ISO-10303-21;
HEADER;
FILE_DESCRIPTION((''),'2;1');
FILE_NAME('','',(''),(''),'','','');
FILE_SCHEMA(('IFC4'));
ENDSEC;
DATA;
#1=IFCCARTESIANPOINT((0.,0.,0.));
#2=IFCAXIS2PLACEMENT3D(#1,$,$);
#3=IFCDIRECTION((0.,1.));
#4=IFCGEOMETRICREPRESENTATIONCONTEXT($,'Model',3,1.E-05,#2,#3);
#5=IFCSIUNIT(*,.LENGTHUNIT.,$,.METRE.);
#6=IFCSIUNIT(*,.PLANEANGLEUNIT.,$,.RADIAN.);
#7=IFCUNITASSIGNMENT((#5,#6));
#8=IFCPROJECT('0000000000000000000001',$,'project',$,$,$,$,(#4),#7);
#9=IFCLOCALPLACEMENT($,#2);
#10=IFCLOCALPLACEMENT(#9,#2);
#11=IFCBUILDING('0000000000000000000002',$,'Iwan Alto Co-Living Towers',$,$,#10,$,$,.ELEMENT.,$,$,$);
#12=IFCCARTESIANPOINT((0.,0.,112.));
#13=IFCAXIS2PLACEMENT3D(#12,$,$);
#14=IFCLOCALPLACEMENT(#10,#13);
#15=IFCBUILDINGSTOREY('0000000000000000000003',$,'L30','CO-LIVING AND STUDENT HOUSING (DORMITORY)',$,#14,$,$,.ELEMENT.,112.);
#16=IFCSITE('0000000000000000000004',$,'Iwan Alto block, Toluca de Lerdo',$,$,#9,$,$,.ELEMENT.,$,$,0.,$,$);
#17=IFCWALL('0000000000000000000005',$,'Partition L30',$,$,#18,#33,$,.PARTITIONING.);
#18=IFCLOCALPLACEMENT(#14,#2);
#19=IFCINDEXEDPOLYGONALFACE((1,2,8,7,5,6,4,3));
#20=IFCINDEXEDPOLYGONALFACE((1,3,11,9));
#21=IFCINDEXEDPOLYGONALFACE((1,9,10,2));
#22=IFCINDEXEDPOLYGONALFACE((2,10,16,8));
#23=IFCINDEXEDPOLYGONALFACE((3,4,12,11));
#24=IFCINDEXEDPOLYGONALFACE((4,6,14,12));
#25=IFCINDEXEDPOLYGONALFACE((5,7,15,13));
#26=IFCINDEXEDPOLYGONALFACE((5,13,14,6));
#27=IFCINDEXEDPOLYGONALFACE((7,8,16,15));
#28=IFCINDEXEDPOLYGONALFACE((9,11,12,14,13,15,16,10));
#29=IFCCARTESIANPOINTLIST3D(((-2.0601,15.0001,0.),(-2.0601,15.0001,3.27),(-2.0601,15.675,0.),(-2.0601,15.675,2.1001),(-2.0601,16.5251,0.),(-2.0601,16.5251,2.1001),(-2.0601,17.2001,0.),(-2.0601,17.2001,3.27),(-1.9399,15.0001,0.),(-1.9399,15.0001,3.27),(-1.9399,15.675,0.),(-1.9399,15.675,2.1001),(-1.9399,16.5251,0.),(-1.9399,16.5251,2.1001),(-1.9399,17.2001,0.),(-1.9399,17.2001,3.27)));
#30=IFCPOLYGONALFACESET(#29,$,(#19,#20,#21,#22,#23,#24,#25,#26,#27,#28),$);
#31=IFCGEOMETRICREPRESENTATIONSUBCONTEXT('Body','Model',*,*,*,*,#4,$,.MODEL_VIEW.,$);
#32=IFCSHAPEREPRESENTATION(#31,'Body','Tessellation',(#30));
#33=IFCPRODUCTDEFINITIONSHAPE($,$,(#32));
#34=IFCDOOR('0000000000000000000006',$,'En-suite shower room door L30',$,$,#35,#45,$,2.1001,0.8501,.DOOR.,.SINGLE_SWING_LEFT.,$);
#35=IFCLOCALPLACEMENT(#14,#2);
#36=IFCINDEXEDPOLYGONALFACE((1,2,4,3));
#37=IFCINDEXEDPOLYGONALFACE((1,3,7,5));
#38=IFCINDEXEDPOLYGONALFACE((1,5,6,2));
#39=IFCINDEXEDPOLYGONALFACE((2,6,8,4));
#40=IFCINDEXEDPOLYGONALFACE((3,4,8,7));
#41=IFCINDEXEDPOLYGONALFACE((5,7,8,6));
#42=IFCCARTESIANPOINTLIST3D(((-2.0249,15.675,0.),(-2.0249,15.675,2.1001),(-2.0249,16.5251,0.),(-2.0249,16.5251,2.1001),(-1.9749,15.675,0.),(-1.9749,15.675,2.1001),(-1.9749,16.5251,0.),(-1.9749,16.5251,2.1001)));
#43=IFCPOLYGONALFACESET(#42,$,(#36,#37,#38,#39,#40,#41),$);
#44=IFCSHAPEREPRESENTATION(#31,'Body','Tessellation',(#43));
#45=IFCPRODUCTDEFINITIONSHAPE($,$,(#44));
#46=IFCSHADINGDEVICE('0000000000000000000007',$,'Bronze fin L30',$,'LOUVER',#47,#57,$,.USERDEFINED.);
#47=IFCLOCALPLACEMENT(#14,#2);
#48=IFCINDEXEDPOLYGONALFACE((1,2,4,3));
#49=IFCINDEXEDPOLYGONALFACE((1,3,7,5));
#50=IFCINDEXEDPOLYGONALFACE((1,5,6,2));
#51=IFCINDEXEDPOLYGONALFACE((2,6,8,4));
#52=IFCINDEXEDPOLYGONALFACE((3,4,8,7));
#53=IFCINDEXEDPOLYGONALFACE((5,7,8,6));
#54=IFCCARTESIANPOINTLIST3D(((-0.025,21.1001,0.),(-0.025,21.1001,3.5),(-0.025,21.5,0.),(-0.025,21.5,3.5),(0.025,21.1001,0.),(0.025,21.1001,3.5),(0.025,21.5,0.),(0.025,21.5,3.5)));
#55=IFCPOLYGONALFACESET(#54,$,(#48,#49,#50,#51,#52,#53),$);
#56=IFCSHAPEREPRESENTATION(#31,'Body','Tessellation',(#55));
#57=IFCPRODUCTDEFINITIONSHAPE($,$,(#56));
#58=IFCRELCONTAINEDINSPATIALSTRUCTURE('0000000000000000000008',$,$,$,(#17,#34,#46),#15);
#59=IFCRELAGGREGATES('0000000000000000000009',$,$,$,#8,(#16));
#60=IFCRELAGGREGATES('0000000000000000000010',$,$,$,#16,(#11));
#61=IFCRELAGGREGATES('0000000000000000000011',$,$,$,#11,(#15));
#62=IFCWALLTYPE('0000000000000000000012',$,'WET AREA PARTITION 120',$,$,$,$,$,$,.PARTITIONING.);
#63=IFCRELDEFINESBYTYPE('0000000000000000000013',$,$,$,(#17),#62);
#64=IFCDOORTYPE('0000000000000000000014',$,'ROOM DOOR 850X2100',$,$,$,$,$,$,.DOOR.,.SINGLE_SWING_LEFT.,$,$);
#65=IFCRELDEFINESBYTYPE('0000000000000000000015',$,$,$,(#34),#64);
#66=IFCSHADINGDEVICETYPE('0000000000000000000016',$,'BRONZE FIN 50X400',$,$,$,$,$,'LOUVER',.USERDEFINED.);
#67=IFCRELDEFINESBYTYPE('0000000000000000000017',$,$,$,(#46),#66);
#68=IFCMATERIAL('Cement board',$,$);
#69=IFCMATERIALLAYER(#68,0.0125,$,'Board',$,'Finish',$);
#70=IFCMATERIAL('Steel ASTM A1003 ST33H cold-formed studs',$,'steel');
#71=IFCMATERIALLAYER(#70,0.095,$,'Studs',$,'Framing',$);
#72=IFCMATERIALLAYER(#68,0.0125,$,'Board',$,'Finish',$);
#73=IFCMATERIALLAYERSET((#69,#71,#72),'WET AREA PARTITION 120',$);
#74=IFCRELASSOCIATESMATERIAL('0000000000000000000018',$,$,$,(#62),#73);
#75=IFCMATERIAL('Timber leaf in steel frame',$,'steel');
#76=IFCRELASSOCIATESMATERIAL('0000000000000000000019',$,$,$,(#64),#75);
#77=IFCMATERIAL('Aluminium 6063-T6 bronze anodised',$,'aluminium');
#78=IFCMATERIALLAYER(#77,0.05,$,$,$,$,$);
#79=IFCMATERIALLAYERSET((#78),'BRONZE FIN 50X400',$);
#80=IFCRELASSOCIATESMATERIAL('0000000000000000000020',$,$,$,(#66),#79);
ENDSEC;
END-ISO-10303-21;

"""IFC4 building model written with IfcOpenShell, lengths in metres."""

from ifc_helpers import new_model, si_unit, direction, frame, frame_2d, origin, origin_2d, place, context, subcontext, project, spatial, rectangle, extrude, material, layer, layer_set, type_object, element, fill, save


model = new_model("IFC4")

# Units and contexts
model_context = context("Model", 3, precision=1e-05, world=origin(), true_north=direction((0.0, 1.0)))
body_context = subcontext(model_context, "Body", "Model", "MODEL_VIEW")
ifc_project = project(units=[si_unit("LENGTHUNIT", "METRE"), si_unit("PLANEANGLEUNIT", "RADIAN")], contexts=[model_context])

# Site, building, storey
site_placement = place(None, origin())
site = spatial("IfcSite", under=ifc_project, at=site_placement, Name="Iwan Alto block, Toluca de Lerdo", CompositionType="ELEMENT", RefElevation=0.0)
building_placement = place(site_placement, origin())
building = spatial("IfcBuilding", under=site, at=building_placement, Name="Iwan Alto Co-Living Towers", CompositionType="ELEMENT")
storey_placement = place(building_placement, frame((0.0, 0.0, 112.0)))
storey = spatial("IfcBuildingStorey", under=building, at=storey_placement, Name="L30", Description="CO-LIVING AND STUDENT HOUSING (DORMITORY)", CompositionType="ELEMENT", Elevation=112.0)

# Shared definitions
ifc_material_1 = material(Name="Steel ASTM A1003 ST33H cold-formed studs", Category="steel")

# Shared definitions
ifc_material_2 = material(Name="Cement board")
ifc_layer_1 = layer(ifc_material_2, 0.0125, Name="Board", Category="Finish")
ifc_layer_2 = layer(ifc_material_1, 0.095, Name="Studs", Category="Framing")
ifc_layer_3 = layer(ifc_material_2, 0.0125, Name="Board", Category="Finish")
ifc_layer_set_1 = layer_set([ifc_layer_1, ifc_layer_2, ifc_layer_3], Name="WET AREA PARTITION 120")
wall_type_1 = type_object("IfcWallType", Name="WET AREA PARTITION 120", PredefinedType="PARTITIONING", material=ifc_layer_set_1)

# Shared definitions
ifc_material_3 = material(Name="Timber leaf in steel frame", Category="steel")
door_type_1 = type_object("IfcDoorType", Name="ROOM DOOR 850X2100", OperationType="SINGLE_SWING_LEFT", PredefinedType="DOOR", material=ifc_material_3)

# Wall, opening, door
wall_1_placement = place(storey_placement, frame((-2.0, 15.0, 0.0), z_axis=(0.0, 0.0, 1.0), x_axis=(0.0, 1.0, 0.0)))
wall_1 = element("IfcWall", 1, at=wall_1_placement, inside=storey, type_object=wall_type_1, Name="Partition L30", PredefinedType="PARTITIONING", context=body_context, shape_type="SweptSolid", body=[
    extrude(rectangle(XDim=2.2, YDim=0.1201, at=frame_2d((1.1001, 0.0))), origin(), (0.0, 0.0, 1.0), 3.27),
])
opening_1_placement = place(wall_1_placement, frame((0.675, 0.0, 0.0)))
opening_1 = element("IfcOpeningElement", 2, at=opening_1_placement, cuts=wall_1, PredefinedType="OPENING", context=body_context, shape_type="SweptSolid", body=[
    extrude(rectangle(XDim=0.8501, YDim=2.1001, at=frame_2d((0.425, 1.05))), frame((0.0, 0.0701, 0.0), z_axis=(0.0, -1.0, 0.0), x_axis=(1.0, 0.0, 0.0)), (0.0, 0.0, 1.0), 0.1401),
])
door_1_placement = place(opening_1_placement, origin())
door_1 = element("IfcDoor", 3, at=door_1_placement, inside=storey, type_object=door_type_1, Name="En-suite shower room door L30", OperationType="SINGLE_SWING_LEFT", OverallHeight=2.1001, OverallWidth=0.8501, PredefinedType="DOOR", context=body_context, shape_type="SweptSolid", body=[
    extrude(rectangle(XDim=0.8501, YDim=2.1001, at=frame_2d((0.425, 1.05))), frame((0.0, 0.0249, 0.0), z_axis=(0.0, -1.0, 0.0), x_axis=(1.0, 0.0, 0.0)), (0.0, 0.0, 1.0), 0.05),
])
fill(opening_1, door_1)

# Shading device
ifc_material_4 = material(Name="Aluminium 6063-T6 bronze anodised", Category="aluminium")
ifc_layer_4 = layer(ifc_material_4, 0.05)
ifc_layer_set_2 = layer_set([ifc_layer_4], Name="BRONZE FIN 50X400")
shading_device_type = type_object("IfcShadingDeviceType", Name="BRONZE FIN 50X400", ElementType="LOUVER", PredefinedType="USERDEFINED", material=ifc_layer_set_2)
shading_device_placement = place(storey_placement, frame((0.0, 21.3, 0.0), z_axis=(0.0, 0.0, 1.0), x_axis=(-1.0, 0.0, 0.0)))
element("IfcShadingDevice", 4, at=shading_device_placement, inside=storey, type_object=shading_device_type, Name="Bronze fin L30", ObjectType="LOUVER", PredefinedType="USERDEFINED", context=body_context, shape_type="SweptSolid", body=[
    extrude(rectangle(XDim=0.05, YDim=0.3999, at=origin_2d()), origin(), (0.0, 0.0, 1.0), 3.5),
])

save(model, "model.ifc")
